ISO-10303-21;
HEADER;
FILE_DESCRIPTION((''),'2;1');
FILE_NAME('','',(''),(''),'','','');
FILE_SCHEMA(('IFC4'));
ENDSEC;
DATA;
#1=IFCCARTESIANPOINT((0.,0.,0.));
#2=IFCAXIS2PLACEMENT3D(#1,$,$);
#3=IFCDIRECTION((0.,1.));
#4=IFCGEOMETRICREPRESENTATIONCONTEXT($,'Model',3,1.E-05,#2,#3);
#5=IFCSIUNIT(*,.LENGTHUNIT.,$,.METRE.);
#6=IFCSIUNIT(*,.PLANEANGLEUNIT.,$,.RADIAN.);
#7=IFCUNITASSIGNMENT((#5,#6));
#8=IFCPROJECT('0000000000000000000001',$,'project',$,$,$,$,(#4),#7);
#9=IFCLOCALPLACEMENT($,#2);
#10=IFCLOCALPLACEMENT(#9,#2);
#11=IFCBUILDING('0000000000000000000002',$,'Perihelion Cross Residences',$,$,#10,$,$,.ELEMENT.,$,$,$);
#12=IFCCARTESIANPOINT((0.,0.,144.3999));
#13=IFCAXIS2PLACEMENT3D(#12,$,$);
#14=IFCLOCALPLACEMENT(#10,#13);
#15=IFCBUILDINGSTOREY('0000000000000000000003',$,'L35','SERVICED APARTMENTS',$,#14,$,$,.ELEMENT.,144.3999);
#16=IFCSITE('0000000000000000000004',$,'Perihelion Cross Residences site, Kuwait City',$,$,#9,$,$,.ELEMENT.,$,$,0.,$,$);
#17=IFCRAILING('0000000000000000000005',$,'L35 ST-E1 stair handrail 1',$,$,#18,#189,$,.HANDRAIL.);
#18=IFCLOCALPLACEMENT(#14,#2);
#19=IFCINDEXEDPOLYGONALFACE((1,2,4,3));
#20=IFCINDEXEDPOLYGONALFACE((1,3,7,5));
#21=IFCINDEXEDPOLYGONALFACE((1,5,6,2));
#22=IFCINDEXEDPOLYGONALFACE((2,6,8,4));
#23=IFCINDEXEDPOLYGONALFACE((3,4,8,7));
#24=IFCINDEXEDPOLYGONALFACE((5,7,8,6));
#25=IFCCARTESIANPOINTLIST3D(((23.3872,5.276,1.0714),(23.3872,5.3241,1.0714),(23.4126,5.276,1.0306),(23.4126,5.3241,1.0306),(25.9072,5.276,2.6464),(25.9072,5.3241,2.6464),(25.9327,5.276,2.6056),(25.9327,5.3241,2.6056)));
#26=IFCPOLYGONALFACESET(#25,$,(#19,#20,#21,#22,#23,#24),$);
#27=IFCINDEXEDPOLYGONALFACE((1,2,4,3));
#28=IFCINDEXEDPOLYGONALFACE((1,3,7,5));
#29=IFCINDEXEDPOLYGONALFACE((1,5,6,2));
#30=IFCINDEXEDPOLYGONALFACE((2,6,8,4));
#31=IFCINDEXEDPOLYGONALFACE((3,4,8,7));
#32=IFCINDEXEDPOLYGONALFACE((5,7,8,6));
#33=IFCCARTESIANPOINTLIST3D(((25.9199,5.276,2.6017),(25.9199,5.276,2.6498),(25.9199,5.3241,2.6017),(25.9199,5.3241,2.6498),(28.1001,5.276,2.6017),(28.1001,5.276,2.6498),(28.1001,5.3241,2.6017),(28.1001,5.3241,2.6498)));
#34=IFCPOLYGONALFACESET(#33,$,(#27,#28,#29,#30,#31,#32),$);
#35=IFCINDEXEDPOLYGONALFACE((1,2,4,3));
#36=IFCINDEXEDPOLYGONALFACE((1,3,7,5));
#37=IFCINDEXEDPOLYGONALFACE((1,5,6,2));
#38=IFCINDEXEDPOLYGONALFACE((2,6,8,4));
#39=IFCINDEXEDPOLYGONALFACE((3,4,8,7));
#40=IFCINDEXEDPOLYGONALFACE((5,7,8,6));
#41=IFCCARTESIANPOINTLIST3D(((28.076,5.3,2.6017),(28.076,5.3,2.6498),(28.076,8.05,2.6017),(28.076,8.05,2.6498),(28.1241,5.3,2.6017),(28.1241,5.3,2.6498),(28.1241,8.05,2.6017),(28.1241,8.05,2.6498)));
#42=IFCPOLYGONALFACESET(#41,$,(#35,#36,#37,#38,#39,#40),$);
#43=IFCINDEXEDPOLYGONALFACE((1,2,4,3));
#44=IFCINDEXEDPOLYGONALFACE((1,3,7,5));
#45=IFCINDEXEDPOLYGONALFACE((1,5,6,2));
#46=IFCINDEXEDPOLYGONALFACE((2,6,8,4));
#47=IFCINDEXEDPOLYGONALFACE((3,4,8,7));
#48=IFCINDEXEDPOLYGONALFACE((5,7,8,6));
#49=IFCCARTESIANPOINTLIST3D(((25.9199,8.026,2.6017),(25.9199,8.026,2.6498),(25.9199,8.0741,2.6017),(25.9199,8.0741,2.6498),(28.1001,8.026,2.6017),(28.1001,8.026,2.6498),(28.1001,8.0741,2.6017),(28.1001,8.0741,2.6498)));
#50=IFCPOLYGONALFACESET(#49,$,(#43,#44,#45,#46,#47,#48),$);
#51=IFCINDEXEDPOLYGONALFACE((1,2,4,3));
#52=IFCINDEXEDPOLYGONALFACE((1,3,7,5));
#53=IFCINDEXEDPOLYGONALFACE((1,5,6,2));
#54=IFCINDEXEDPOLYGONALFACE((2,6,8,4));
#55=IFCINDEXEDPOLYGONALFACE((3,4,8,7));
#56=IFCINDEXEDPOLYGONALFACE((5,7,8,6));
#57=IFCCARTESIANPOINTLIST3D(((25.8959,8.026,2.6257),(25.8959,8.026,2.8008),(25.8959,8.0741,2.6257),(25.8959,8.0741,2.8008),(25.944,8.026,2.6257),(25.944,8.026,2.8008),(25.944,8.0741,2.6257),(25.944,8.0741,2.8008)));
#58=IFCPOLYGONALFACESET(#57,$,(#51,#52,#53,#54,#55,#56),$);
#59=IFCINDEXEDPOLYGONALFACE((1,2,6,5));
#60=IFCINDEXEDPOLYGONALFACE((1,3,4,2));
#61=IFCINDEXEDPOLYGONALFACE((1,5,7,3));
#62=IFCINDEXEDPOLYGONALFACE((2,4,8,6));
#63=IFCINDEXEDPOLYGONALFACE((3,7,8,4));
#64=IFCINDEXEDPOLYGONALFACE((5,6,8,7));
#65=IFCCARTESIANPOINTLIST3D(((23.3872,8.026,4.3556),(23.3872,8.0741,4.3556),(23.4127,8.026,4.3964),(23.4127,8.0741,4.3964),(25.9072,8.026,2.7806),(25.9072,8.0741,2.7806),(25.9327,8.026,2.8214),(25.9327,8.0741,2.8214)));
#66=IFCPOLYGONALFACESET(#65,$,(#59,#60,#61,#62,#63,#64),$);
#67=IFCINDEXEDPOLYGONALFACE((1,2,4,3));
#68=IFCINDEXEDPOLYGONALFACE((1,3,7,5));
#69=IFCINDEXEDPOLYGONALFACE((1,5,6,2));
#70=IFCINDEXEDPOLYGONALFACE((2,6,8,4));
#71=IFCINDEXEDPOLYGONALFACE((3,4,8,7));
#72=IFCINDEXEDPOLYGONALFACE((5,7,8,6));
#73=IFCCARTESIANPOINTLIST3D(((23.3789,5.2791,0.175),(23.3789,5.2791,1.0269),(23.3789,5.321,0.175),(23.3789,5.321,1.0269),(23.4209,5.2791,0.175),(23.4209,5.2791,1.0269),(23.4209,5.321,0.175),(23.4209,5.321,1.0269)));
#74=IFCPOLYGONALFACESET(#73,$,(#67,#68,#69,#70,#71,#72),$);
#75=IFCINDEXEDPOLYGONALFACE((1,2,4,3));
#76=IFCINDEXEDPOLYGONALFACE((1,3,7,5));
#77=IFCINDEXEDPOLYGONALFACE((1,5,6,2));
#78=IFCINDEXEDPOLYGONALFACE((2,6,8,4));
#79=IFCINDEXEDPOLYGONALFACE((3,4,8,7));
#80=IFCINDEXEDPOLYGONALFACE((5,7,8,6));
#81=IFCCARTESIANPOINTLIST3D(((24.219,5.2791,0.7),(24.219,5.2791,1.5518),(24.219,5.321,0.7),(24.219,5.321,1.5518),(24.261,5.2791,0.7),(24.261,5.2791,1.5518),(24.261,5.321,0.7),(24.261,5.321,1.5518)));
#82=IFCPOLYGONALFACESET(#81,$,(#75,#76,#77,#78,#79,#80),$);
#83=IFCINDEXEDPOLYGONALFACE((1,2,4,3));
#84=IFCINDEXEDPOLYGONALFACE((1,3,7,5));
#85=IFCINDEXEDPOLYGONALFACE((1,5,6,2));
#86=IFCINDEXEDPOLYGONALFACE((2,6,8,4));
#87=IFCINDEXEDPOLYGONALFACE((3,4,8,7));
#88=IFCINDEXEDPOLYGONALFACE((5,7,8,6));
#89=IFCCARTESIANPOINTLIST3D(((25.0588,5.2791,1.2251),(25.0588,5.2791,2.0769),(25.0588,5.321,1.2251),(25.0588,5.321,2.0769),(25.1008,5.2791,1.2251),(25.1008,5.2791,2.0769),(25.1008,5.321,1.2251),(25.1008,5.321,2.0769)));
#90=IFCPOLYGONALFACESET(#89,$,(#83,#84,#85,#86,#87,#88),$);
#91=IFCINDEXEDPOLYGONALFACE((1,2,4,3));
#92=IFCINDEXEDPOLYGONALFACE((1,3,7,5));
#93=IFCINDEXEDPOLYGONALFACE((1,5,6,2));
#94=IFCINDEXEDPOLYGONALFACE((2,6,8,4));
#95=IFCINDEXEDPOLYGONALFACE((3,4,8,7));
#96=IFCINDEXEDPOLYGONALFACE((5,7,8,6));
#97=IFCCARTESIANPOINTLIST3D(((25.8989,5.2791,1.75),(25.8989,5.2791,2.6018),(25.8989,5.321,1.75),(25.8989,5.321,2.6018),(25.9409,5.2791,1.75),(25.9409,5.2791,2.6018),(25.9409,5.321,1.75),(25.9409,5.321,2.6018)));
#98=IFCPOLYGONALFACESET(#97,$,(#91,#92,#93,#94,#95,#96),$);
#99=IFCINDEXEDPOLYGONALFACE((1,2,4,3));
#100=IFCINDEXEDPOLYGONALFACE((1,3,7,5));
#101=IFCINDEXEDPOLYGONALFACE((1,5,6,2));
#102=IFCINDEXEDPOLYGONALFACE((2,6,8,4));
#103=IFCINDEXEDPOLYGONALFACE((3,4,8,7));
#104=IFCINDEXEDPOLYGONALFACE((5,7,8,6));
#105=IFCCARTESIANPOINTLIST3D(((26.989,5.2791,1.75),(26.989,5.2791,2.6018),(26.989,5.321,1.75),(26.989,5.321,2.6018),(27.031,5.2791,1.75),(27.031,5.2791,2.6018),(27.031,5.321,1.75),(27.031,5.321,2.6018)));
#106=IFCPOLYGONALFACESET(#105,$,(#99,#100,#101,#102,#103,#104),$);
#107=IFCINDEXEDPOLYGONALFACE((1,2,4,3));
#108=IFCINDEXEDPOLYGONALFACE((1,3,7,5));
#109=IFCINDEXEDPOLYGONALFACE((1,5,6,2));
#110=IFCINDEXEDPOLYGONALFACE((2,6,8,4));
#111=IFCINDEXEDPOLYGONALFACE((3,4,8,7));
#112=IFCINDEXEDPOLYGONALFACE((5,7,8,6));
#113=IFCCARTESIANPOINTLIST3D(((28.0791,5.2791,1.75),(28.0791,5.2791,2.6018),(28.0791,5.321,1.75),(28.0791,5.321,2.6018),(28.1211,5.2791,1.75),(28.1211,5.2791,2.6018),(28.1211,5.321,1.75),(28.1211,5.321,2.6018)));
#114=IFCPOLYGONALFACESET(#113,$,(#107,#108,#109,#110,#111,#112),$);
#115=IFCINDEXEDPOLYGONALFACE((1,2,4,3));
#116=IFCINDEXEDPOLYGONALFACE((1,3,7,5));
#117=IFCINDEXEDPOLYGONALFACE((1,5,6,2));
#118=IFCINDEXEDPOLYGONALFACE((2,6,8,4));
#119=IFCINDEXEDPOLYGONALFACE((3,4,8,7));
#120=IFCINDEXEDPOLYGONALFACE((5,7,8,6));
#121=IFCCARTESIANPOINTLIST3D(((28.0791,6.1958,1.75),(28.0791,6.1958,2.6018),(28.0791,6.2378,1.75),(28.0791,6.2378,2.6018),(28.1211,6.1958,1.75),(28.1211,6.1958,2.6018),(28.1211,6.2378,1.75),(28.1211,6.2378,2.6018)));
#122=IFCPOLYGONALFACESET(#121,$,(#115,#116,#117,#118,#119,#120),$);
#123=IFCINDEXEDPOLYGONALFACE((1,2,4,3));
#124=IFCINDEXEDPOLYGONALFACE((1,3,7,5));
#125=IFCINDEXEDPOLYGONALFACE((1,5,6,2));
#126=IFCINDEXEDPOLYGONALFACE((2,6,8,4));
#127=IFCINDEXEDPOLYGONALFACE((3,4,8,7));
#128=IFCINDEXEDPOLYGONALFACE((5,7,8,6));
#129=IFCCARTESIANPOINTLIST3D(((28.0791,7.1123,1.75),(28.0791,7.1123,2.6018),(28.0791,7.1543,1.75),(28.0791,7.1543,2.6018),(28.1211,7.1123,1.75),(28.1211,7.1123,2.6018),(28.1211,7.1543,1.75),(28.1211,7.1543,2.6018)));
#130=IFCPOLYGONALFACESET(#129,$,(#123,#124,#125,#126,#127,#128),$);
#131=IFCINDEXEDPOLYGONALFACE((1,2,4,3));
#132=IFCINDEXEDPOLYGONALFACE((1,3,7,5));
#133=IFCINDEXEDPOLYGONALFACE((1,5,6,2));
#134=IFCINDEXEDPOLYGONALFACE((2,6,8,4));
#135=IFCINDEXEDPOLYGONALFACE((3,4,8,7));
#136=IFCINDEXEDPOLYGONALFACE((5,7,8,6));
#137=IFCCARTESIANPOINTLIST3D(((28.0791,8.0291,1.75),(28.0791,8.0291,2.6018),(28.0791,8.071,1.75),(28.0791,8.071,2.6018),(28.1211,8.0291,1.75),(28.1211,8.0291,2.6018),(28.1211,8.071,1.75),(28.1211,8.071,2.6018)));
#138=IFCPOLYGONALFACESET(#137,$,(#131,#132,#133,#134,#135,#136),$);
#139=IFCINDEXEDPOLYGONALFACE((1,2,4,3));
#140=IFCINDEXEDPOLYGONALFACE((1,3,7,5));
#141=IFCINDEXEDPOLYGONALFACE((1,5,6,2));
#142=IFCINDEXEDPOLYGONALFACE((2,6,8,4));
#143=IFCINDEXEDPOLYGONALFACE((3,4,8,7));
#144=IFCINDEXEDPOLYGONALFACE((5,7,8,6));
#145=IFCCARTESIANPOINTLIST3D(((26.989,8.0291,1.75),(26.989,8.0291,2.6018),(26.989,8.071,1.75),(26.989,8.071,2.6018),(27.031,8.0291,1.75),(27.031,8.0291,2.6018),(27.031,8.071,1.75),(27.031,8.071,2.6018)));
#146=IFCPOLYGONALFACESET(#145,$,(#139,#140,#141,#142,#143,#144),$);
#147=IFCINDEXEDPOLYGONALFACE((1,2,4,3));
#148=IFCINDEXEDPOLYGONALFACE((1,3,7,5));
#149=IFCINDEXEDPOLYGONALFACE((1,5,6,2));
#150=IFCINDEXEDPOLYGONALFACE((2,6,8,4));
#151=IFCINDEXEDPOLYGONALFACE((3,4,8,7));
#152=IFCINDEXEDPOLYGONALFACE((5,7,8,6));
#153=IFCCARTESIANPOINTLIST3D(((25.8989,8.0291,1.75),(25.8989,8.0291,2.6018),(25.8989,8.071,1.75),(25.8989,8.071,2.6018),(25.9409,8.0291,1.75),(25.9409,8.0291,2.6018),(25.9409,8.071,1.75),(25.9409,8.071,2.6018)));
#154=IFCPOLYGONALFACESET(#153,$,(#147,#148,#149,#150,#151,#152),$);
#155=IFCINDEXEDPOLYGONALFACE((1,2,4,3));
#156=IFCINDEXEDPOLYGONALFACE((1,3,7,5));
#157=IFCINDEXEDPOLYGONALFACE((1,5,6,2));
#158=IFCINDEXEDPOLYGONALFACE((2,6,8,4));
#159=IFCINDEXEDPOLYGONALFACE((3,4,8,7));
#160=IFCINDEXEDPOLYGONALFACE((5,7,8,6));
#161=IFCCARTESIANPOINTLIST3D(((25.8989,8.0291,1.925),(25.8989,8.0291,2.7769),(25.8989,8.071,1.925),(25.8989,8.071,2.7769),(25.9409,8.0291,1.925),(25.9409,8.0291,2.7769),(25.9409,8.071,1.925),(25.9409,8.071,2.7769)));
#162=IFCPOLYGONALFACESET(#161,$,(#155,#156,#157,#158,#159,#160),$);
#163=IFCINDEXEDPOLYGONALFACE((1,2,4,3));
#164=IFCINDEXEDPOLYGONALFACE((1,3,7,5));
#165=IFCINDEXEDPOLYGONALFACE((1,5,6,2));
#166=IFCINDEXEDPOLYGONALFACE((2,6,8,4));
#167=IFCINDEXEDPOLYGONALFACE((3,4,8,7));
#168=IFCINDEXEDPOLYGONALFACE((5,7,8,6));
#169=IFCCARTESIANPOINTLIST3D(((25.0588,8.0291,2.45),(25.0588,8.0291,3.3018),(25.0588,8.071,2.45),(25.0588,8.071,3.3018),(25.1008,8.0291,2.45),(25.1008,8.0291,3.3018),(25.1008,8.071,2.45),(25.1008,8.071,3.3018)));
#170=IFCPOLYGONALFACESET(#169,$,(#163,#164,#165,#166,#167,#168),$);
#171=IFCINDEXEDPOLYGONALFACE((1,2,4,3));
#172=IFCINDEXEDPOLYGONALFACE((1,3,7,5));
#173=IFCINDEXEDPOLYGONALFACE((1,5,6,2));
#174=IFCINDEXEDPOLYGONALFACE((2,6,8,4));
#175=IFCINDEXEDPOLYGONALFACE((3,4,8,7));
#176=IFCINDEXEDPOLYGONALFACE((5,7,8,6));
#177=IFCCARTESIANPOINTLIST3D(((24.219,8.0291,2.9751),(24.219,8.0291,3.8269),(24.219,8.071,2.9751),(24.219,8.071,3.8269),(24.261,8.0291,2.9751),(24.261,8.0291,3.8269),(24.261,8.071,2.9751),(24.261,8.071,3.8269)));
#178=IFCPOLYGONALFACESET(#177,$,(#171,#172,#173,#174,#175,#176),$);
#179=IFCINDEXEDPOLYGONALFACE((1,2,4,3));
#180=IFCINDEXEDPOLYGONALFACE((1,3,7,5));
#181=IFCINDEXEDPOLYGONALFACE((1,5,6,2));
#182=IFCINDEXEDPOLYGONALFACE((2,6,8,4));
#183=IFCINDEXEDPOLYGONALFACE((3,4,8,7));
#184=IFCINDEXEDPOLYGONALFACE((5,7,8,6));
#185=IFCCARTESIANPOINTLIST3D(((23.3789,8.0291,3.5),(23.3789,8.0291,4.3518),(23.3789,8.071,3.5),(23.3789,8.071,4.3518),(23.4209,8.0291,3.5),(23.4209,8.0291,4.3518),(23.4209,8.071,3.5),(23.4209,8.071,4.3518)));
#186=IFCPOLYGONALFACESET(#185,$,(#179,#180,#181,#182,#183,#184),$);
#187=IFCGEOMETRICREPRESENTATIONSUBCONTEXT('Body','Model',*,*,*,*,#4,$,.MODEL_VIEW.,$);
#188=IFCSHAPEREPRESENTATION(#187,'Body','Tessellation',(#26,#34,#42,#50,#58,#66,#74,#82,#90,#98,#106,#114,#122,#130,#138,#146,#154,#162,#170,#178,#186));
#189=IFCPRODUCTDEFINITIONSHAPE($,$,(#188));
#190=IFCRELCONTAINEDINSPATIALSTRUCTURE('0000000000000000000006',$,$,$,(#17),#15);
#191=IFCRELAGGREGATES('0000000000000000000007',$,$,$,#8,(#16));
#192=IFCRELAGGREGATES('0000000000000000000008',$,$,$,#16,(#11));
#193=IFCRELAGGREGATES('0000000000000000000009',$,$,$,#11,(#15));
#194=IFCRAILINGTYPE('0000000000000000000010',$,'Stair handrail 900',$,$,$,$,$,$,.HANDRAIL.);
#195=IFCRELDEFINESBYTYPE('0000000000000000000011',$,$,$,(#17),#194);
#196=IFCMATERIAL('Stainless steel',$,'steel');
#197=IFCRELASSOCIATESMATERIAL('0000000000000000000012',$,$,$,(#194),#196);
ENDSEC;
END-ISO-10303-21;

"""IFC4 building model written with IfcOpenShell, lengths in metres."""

from ifc_helpers import new_model, si_unit, direction, frame, origin, origin_2d, place, context, subcontext, project, spatial, rectangle, extrude, material, type_object, element, save


model = new_model("IFC4")

# Units and contexts
model_context = context("Model", 3, precision=1e-05, world=origin(), true_north=direction((0.0, 1.0)))
body_context = subcontext(model_context, "Body", "Model", "MODEL_VIEW")
ifc_project = project(units=[si_unit("LENGTHUNIT", "METRE"), si_unit("PLANEANGLEUNIT", "RADIAN")], contexts=[model_context])

# Site, building, storey
site_placement = place(None, origin())
site = spatial("IfcSite", under=ifc_project, at=site_placement, Name="Perihelion Cross Residences site, Kuwait City", CompositionType="ELEMENT", RefElevation=0.0)
building_placement = place(site_placement, origin())
building = spatial("IfcBuilding", under=site, at=building_placement, Name="Perihelion Cross Residences", CompositionType="ELEMENT")
storey_placement = place(building_placement, frame((0.0, 0.0, 144.3999)))
storey = spatial("IfcBuildingStorey", under=building, at=storey_placement, Name="L35", Description="SERVICED APARTMENTS", CompositionType="ELEMENT", Elevation=144.3999)

# Railing
ifc_material_1 = material(Name="Stainless steel", Category="steel")
railing_type_1 = type_object("IfcRailingType", Name="Stair handrail 900", PredefinedType="HANDRAIL", material=ifc_material_1)
railing_1_placement = place(storey_placement, frame((23.3999, 5.3, 0.175)))
element("IfcRailing", 1, at=railing_1_placement, inside=storey, type_object=railing_type_1, Name="L35 ST-E1 stair handrail 1", PredefinedType="HANDRAIL", context=body_context, shape_type="SweptSolid", body=[
    extrude(rectangle(XDim=0.0481, YDim=0.0481, at=origin_2d()), frame((0.0, 0.0, 0.876), z_axis=(0.848008, 0.0, 0.529984), x_axis=(0.0, 1.0, 0.0)), (0.0, 0.0, 1.0), 2.9717),
    extrude(rectangle(XDim=0.0481, YDim=0.0481, at=origin_2d()), frame((2.52, 0.0, 2.4507), z_axis=(1.0, 0.0, 0.0), x_axis=(0.0, 1.0, 0.0)), (0.0, 0.0, 1.0), 2.1802),
    extrude(rectangle(XDim=0.0481, YDim=0.0481, at=origin_2d()), frame((4.7002, 0.0, 2.4507), z_axis=(0.0, 1.0, 0.0), x_axis=(-1.0, 0.0, 0.0)), (0.0, 0.0, 1.0), 2.75),
    extrude(rectangle(XDim=0.0481, YDim=0.0481, at=origin_2d()), frame((4.7002, 2.75, 2.4507), z_axis=(-1.0, 0.0, 0.0), x_axis=(0.0, -1.0, 0.0)), (0.0, 0.0, 1.0), 2.1802),
    extrude(rectangle(XDim=0.0481, YDim=0.0481, at=origin_2d()), frame((2.52, 2.75, 2.4507), z_axis=(0.0, 0.0, 1.0), x_axis=(1.0, 0.0, 0.0)), (0.0, 0.0, 1.0), 0.175),
    extrude(rectangle(XDim=0.0481, YDim=0.0481, at=origin_2d()), frame((2.52, 2.75, 2.626), z_axis=(-0.848008, 0.0, 0.529984), x_axis=(0.0, -1.0, 0.0)), (0.0, 0.0, 1.0), 2.9717),
    extrude(rectangle(XDim=0.042, YDim=0.042, at=origin_2d()), origin(), (0.0, 0.0, 1.0), 0.8518),
    extrude(rectangle(XDim=0.042, YDim=0.042, at=origin_2d()), frame((0.8401, 0.0, 0.5249)), (0.0, 0.0, 1.0), 0.8518),
    extrude(rectangle(XDim=0.042, YDim=0.042, at=origin_2d()), frame((1.6799, 0.0, 1.05)), (0.0, 0.0, 1.0), 0.8518),
    extrude(rectangle(XDim=0.042, YDim=0.042, at=origin_2d()), frame((2.52, 0.0, 1.575)), (0.0, 0.0, 1.0), 0.8518),
    extrude(rectangle(XDim=0.042, YDim=0.042, at=origin_2d()), frame((3.6101, 0.0, 1.575)), (0.0, 0.0, 1.0), 0.8518),
    extrude(rectangle(XDim=0.042, YDim=0.042, at=origin_2d()), frame((4.7002, 0.0, 1.575)), (0.0, 0.0, 1.0), 0.8518),
    extrude(rectangle(XDim=0.042, YDim=0.042, at=origin_2d()), frame((4.7002, 0.9167, 1.575)), (0.0, 0.0, 1.0), 0.8518),
    extrude(rectangle(XDim=0.042, YDim=0.042, at=origin_2d()), frame((4.7002, 1.8333, 1.575)), (0.0, 0.0, 1.0), 0.8518),
    extrude(rectangle(XDim=0.042, YDim=0.042, at=origin_2d()), frame((4.7002, 2.75, 1.575)), (0.0, 0.0, 1.0), 0.8518),
    extrude(rectangle(XDim=0.042, YDim=0.042, at=origin_2d()), frame((3.6101, 2.75, 1.575)), (0.0, 0.0, 1.0), 0.8518),
    extrude(rectangle(XDim=0.042, YDim=0.042, at=origin_2d()), frame((2.52, 2.75, 1.575)), (0.0, 0.0, 1.0), 0.8518),
    extrude(rectangle(XDim=0.042, YDim=0.042, at=origin_2d()), frame((2.52, 2.75, 1.75)), (0.0, 0.0, 1.0), 0.8518),
    extrude(rectangle(XDim=0.042, YDim=0.042, at=origin_2d()), frame((1.6799, 2.75, 2.2749)), (0.0, 0.0, 1.0), 0.8518),
    extrude(rectangle(XDim=0.042, YDim=0.042, at=origin_2d()), frame((0.8401, 2.75, 2.8)), (0.0, 0.0, 1.0), 0.8518),
    extrude(rectangle(XDim=0.042, YDim=0.042, at=origin_2d()), frame((0.0, 2.75, 3.325)), (0.0, 0.0, 1.0), 0.8518),
])

save(model, "model.ifc")
